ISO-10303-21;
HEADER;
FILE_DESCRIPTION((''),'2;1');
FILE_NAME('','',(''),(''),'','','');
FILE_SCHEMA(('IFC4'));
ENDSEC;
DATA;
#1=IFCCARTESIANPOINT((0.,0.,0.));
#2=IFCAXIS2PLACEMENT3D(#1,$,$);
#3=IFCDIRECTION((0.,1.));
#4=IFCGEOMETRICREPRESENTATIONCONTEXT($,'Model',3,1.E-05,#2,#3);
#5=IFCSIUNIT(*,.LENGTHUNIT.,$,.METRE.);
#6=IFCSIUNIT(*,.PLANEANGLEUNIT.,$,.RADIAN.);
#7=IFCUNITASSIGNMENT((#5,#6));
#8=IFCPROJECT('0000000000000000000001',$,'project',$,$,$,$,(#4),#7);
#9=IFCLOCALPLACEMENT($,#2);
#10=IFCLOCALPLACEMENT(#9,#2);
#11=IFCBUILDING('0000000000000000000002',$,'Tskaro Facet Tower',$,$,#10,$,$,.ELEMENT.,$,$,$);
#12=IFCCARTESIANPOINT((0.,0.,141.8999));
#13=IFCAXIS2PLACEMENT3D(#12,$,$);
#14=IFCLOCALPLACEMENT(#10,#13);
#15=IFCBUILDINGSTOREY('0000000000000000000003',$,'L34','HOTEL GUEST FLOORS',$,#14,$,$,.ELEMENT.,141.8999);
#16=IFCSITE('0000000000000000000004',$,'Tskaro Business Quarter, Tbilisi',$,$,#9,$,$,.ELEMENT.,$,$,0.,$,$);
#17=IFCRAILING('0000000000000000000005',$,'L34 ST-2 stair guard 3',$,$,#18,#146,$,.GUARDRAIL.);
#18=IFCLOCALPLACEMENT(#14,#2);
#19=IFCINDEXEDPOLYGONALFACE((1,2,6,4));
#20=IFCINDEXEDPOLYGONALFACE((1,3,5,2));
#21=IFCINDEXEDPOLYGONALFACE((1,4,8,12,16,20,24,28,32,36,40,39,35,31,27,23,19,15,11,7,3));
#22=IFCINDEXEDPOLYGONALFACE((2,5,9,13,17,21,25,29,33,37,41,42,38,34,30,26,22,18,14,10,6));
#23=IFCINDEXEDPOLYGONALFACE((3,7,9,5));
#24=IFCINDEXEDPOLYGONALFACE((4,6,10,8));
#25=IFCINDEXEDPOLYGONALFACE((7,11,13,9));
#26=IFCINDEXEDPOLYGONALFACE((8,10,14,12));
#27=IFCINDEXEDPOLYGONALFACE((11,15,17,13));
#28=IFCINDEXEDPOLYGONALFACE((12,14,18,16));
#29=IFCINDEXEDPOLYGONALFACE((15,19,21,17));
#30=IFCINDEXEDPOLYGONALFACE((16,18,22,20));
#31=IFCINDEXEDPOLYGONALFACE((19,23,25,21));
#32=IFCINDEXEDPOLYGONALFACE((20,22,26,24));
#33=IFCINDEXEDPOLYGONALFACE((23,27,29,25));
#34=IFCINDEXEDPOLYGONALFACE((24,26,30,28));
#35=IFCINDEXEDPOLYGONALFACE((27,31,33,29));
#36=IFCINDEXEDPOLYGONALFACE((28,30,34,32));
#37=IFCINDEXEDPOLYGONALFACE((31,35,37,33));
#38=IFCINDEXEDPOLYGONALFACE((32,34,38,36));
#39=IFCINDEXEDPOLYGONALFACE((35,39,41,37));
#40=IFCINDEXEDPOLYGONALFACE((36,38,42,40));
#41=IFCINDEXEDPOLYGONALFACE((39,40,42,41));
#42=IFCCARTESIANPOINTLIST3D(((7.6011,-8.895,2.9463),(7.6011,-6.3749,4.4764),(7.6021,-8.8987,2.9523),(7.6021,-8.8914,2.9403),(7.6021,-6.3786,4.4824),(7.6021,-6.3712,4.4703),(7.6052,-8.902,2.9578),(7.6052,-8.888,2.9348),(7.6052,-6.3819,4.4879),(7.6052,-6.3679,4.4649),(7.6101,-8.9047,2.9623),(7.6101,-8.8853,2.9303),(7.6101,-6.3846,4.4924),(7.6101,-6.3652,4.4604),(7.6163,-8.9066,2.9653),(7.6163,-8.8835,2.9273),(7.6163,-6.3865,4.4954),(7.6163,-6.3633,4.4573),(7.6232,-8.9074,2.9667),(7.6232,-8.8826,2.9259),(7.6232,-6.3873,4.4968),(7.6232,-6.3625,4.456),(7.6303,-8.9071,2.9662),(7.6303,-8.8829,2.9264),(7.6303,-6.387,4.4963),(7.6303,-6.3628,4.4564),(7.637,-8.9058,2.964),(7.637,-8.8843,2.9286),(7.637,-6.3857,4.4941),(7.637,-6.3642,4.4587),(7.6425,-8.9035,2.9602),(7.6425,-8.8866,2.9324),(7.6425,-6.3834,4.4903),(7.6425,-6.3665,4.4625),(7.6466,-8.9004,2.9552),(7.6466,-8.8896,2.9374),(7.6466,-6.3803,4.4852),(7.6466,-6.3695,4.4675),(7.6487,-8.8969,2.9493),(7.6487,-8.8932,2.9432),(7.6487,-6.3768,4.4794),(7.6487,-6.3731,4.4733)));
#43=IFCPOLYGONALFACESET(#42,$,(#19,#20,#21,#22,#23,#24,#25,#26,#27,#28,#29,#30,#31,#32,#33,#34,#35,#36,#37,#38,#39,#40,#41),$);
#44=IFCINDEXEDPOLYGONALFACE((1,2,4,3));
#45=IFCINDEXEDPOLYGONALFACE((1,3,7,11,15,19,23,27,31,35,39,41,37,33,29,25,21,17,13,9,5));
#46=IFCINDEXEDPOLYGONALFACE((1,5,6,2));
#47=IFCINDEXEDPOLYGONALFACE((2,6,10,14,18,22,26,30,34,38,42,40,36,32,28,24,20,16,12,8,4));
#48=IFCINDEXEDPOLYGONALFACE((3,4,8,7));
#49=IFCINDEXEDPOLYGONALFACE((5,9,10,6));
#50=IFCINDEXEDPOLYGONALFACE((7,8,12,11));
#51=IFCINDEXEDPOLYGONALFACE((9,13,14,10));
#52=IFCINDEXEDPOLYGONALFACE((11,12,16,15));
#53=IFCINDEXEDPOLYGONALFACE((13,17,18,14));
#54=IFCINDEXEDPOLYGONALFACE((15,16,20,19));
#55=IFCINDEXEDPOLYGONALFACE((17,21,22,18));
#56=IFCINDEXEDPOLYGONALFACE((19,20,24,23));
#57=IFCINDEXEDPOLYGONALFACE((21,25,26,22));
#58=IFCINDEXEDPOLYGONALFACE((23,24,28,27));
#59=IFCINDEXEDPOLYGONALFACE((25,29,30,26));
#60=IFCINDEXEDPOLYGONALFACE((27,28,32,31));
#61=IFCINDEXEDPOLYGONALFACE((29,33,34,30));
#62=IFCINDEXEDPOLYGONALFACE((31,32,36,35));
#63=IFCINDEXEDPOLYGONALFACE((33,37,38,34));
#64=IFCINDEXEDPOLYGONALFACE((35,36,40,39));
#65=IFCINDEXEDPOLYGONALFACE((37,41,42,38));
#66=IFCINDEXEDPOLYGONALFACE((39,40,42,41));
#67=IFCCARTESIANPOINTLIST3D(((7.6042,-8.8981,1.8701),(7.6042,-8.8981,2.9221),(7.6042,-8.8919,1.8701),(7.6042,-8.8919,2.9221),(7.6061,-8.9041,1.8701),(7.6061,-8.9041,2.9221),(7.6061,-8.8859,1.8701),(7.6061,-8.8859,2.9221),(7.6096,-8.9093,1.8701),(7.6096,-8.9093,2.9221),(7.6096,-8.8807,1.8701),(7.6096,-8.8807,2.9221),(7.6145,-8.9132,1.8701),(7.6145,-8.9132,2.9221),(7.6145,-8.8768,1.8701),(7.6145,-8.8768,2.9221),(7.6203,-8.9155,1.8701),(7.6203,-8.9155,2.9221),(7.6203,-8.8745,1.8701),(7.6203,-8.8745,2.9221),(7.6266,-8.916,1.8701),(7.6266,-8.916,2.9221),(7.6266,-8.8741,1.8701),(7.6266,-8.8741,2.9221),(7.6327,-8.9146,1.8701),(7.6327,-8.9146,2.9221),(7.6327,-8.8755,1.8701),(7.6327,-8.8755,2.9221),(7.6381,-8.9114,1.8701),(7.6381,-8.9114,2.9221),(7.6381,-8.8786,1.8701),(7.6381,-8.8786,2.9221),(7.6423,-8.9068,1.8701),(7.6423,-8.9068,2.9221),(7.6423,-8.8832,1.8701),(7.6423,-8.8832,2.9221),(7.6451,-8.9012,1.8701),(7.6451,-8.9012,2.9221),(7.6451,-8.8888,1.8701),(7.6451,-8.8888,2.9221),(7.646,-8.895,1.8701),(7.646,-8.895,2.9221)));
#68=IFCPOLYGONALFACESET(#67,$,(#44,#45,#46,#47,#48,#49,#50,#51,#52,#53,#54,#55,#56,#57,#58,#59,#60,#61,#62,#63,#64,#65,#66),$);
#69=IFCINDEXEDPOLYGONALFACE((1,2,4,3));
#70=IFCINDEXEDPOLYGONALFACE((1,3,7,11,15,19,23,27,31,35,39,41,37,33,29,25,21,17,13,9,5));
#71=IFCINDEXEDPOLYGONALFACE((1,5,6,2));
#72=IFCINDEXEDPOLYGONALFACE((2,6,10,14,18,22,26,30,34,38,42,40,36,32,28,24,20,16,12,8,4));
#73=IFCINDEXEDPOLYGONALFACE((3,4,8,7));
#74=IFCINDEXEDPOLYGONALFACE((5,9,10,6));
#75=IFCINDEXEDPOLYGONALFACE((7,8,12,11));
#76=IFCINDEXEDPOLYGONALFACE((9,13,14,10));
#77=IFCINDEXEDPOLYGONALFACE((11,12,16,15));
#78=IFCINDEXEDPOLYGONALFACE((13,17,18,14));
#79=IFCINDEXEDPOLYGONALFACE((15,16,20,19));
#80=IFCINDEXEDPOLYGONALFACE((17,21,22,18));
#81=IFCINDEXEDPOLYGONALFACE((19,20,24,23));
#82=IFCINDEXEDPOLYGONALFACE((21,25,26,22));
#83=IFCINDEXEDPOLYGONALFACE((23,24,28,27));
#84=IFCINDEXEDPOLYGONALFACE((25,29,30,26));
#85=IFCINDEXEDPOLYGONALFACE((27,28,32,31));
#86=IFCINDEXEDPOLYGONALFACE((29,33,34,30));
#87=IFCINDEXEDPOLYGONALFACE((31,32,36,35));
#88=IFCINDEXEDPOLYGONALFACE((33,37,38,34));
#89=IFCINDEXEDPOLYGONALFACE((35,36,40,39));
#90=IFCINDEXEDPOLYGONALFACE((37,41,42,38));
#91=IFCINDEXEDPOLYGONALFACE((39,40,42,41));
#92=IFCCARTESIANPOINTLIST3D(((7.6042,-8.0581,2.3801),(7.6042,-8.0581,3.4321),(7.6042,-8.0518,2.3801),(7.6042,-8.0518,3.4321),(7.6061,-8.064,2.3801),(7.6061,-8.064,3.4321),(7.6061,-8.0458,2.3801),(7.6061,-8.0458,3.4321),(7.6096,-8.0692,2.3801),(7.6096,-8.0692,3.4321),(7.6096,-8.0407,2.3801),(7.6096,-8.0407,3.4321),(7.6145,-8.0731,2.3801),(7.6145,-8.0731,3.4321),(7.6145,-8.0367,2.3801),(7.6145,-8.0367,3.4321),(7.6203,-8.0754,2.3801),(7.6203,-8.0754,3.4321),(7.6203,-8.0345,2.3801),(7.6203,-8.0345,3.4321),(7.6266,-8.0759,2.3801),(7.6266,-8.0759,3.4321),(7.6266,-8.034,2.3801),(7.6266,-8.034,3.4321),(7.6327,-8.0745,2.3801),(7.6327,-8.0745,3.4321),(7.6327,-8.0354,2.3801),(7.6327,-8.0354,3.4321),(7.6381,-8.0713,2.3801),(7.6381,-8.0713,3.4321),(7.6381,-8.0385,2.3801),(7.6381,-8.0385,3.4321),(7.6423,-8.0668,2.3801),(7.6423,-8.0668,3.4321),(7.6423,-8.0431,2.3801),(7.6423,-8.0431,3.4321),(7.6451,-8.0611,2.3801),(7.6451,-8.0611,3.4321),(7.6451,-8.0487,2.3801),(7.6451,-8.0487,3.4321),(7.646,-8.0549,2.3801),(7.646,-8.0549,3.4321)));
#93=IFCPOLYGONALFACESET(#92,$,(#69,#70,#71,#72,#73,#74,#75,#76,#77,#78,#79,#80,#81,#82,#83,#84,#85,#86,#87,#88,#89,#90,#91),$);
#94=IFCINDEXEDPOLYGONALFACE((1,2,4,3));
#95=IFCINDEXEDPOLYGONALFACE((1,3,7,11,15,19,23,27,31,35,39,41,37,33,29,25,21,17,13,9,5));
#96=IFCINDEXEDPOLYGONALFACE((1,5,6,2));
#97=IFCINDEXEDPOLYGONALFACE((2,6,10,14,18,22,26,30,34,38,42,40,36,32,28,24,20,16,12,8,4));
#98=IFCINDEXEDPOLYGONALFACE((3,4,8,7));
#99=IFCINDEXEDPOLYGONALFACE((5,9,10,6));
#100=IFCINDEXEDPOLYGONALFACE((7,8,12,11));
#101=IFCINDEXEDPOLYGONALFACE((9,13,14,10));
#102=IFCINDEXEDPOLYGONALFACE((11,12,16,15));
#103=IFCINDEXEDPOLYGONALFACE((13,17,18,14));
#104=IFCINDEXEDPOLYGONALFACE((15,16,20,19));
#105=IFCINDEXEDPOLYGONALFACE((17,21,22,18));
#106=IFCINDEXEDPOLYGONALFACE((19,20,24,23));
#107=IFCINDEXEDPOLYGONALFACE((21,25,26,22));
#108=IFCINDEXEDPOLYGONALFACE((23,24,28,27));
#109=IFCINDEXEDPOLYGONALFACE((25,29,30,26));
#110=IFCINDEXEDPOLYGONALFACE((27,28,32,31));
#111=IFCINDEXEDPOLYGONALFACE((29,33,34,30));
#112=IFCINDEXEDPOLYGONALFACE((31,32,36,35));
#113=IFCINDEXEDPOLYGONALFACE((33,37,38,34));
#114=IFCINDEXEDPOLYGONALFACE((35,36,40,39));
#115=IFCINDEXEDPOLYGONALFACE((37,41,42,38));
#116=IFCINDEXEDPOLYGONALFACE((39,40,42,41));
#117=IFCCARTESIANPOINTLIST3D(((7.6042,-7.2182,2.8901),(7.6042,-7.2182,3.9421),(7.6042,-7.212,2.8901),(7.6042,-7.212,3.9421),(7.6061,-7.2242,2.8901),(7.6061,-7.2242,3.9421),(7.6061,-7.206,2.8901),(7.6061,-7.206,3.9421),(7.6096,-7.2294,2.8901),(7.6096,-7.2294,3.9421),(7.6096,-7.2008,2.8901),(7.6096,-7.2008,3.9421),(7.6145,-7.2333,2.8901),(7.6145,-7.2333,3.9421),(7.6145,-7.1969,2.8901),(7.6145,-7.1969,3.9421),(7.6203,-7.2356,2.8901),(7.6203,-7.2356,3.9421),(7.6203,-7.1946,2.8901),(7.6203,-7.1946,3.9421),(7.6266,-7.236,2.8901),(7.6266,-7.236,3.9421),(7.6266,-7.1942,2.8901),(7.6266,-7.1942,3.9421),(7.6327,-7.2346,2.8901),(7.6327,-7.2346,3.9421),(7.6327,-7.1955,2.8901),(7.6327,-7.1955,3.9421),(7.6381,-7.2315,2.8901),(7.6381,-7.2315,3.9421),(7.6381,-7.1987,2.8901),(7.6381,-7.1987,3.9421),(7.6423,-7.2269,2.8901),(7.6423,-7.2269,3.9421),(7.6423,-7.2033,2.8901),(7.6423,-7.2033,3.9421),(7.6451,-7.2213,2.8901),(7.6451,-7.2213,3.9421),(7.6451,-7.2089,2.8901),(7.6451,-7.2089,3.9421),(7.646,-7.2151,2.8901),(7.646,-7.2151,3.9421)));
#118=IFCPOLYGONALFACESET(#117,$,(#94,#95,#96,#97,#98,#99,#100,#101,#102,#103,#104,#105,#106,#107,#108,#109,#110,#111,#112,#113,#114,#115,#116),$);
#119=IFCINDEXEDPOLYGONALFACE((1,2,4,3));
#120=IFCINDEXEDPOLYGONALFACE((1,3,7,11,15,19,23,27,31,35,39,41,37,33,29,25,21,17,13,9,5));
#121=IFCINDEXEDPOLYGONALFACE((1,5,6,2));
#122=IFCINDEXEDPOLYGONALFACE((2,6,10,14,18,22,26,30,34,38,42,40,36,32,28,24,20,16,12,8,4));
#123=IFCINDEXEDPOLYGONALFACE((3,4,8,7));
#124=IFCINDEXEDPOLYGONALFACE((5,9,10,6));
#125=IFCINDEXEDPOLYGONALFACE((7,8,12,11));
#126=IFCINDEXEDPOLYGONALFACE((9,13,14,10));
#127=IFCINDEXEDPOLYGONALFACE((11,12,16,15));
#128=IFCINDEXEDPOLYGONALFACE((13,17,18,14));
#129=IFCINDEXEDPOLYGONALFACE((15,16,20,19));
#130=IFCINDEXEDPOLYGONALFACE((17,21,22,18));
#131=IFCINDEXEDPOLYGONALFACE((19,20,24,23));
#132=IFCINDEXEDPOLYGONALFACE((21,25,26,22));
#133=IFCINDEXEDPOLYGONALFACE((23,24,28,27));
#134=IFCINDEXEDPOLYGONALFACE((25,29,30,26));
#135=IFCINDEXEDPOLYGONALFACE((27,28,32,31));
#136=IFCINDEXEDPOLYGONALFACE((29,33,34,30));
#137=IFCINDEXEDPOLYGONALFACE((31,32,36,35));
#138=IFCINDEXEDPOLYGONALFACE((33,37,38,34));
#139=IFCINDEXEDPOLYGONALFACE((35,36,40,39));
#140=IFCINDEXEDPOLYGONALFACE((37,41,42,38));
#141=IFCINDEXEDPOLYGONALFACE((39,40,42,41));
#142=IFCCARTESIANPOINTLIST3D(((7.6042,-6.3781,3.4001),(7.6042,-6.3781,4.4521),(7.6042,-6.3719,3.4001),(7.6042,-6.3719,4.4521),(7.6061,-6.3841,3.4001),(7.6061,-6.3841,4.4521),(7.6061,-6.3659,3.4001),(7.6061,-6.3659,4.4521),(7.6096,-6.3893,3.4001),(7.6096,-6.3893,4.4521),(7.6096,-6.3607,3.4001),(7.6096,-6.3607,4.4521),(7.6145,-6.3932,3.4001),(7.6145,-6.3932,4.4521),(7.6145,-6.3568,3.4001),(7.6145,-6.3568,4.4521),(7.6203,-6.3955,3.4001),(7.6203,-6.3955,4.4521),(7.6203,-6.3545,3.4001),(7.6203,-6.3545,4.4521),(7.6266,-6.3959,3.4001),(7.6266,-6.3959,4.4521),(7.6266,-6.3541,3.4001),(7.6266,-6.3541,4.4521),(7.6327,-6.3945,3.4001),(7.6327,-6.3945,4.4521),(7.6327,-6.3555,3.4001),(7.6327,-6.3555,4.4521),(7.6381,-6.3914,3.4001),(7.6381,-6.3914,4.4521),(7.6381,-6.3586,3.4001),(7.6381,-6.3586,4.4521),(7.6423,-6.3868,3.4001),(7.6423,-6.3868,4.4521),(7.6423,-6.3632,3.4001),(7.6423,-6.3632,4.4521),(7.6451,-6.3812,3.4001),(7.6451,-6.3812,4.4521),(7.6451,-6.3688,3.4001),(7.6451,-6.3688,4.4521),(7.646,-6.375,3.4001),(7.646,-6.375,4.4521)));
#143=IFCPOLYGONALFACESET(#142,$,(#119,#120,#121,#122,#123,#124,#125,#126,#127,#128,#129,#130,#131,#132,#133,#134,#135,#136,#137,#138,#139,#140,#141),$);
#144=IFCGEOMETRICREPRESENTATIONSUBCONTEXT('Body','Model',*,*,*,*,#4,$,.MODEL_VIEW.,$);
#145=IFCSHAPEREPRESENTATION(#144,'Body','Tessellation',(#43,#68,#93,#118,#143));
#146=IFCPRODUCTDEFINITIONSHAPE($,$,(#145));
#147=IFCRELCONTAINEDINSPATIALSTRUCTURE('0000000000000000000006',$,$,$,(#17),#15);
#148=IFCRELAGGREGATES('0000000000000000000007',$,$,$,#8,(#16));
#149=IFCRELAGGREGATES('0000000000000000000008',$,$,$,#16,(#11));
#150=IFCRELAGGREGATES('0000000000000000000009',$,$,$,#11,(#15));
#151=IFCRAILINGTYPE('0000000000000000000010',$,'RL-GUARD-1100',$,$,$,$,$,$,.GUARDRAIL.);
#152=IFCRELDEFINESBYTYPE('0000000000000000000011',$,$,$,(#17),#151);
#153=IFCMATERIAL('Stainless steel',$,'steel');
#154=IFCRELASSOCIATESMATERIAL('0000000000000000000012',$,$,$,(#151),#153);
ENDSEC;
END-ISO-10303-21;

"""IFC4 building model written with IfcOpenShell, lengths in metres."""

from ifc_helpers import new_model, si_unit, direction, frame, origin, origin_2d, place, context, subcontext, project, spatial, circle, extrude, material, type_object, element, save


model = new_model("IFC4")

# Units and contexts
model_context = context("Model", 3, precision=1e-05, world=origin(), true_north=direction((0.0, 1.0)))
body_context = subcontext(model_context, "Body", "Model", "MODEL_VIEW")
ifc_project = project(units=[si_unit("LENGTHUNIT", "METRE"), si_unit("PLANEANGLEUNIT", "RADIAN")], contexts=[model_context])

# Site, building, storey
site_placement = place(None, origin())
site = spatial("IfcSite", under=ifc_project, at=site_placement, Name="Tskaro Business Quarter, Tbilisi", CompositionType="ELEMENT", RefElevation=0.0)
building_placement = place(site_placement, origin())
building = spatial("IfcBuilding", under=site, at=building_placement, Name="Tskaro Facet Tower", CompositionType="ELEMENT")
storey_placement = place(building_placement, frame((0.0, 0.0, 141.8999)))
storey = spatial("IfcBuildingStorey", under=building, at=storey_placement, Name="L34", Description="HOTEL GUEST FLOORS", CompositionType="ELEMENT", Elevation=141.8999)

# Railing
ifc_material_1 = material(Name="Stainless steel", Category="steel")
railing_type = type_object("IfcRailingType", Name="RL-GUARD-1100", PredefinedType="GUARDRAIL", material=ifc_material_1)
railing_1_placement = place(storey_placement, frame((7.625, -8.895, 1.8701)))
element("IfcRailing", 1, at=railing_1_placement, inside=storey, type_object=railing_type, Name="L34 ST-2 stair guard 3", PredefinedType="GUARDRAIL", context=body_context, shape_type="SweptSolid", body=[
    extrude(circle(Radius=0.0239, at=origin_2d()), frame((0.0, 0.0, 1.0762), z_axis=(0.0, 0.854785, 0.518982), x_axis=(-1.0, 0.0, 0.0)), (0.0, 0.0, 1.0), 2.9482),
    extrude(circle(Radius=0.021, at=origin_2d()), origin(), (0.0, 0.0, 1.0), 1.052),
    extrude(circle(Radius=0.021, at=origin_2d()), frame((0.0, 0.8401, 0.51)), (0.0, 0.0, 1.0), 1.052),
    extrude(circle(Radius=0.021, at=origin_2d()), frame((0.0, 1.6799, 1.02)), (0.0, 0.0, 1.0), 1.052),
    extrude(circle(Radius=0.021, at=origin_2d()), frame((0.0, 2.52, 1.53)), (0.0, 0.0, 1.0), 1.052),
])

save(model, "model.ifc")
